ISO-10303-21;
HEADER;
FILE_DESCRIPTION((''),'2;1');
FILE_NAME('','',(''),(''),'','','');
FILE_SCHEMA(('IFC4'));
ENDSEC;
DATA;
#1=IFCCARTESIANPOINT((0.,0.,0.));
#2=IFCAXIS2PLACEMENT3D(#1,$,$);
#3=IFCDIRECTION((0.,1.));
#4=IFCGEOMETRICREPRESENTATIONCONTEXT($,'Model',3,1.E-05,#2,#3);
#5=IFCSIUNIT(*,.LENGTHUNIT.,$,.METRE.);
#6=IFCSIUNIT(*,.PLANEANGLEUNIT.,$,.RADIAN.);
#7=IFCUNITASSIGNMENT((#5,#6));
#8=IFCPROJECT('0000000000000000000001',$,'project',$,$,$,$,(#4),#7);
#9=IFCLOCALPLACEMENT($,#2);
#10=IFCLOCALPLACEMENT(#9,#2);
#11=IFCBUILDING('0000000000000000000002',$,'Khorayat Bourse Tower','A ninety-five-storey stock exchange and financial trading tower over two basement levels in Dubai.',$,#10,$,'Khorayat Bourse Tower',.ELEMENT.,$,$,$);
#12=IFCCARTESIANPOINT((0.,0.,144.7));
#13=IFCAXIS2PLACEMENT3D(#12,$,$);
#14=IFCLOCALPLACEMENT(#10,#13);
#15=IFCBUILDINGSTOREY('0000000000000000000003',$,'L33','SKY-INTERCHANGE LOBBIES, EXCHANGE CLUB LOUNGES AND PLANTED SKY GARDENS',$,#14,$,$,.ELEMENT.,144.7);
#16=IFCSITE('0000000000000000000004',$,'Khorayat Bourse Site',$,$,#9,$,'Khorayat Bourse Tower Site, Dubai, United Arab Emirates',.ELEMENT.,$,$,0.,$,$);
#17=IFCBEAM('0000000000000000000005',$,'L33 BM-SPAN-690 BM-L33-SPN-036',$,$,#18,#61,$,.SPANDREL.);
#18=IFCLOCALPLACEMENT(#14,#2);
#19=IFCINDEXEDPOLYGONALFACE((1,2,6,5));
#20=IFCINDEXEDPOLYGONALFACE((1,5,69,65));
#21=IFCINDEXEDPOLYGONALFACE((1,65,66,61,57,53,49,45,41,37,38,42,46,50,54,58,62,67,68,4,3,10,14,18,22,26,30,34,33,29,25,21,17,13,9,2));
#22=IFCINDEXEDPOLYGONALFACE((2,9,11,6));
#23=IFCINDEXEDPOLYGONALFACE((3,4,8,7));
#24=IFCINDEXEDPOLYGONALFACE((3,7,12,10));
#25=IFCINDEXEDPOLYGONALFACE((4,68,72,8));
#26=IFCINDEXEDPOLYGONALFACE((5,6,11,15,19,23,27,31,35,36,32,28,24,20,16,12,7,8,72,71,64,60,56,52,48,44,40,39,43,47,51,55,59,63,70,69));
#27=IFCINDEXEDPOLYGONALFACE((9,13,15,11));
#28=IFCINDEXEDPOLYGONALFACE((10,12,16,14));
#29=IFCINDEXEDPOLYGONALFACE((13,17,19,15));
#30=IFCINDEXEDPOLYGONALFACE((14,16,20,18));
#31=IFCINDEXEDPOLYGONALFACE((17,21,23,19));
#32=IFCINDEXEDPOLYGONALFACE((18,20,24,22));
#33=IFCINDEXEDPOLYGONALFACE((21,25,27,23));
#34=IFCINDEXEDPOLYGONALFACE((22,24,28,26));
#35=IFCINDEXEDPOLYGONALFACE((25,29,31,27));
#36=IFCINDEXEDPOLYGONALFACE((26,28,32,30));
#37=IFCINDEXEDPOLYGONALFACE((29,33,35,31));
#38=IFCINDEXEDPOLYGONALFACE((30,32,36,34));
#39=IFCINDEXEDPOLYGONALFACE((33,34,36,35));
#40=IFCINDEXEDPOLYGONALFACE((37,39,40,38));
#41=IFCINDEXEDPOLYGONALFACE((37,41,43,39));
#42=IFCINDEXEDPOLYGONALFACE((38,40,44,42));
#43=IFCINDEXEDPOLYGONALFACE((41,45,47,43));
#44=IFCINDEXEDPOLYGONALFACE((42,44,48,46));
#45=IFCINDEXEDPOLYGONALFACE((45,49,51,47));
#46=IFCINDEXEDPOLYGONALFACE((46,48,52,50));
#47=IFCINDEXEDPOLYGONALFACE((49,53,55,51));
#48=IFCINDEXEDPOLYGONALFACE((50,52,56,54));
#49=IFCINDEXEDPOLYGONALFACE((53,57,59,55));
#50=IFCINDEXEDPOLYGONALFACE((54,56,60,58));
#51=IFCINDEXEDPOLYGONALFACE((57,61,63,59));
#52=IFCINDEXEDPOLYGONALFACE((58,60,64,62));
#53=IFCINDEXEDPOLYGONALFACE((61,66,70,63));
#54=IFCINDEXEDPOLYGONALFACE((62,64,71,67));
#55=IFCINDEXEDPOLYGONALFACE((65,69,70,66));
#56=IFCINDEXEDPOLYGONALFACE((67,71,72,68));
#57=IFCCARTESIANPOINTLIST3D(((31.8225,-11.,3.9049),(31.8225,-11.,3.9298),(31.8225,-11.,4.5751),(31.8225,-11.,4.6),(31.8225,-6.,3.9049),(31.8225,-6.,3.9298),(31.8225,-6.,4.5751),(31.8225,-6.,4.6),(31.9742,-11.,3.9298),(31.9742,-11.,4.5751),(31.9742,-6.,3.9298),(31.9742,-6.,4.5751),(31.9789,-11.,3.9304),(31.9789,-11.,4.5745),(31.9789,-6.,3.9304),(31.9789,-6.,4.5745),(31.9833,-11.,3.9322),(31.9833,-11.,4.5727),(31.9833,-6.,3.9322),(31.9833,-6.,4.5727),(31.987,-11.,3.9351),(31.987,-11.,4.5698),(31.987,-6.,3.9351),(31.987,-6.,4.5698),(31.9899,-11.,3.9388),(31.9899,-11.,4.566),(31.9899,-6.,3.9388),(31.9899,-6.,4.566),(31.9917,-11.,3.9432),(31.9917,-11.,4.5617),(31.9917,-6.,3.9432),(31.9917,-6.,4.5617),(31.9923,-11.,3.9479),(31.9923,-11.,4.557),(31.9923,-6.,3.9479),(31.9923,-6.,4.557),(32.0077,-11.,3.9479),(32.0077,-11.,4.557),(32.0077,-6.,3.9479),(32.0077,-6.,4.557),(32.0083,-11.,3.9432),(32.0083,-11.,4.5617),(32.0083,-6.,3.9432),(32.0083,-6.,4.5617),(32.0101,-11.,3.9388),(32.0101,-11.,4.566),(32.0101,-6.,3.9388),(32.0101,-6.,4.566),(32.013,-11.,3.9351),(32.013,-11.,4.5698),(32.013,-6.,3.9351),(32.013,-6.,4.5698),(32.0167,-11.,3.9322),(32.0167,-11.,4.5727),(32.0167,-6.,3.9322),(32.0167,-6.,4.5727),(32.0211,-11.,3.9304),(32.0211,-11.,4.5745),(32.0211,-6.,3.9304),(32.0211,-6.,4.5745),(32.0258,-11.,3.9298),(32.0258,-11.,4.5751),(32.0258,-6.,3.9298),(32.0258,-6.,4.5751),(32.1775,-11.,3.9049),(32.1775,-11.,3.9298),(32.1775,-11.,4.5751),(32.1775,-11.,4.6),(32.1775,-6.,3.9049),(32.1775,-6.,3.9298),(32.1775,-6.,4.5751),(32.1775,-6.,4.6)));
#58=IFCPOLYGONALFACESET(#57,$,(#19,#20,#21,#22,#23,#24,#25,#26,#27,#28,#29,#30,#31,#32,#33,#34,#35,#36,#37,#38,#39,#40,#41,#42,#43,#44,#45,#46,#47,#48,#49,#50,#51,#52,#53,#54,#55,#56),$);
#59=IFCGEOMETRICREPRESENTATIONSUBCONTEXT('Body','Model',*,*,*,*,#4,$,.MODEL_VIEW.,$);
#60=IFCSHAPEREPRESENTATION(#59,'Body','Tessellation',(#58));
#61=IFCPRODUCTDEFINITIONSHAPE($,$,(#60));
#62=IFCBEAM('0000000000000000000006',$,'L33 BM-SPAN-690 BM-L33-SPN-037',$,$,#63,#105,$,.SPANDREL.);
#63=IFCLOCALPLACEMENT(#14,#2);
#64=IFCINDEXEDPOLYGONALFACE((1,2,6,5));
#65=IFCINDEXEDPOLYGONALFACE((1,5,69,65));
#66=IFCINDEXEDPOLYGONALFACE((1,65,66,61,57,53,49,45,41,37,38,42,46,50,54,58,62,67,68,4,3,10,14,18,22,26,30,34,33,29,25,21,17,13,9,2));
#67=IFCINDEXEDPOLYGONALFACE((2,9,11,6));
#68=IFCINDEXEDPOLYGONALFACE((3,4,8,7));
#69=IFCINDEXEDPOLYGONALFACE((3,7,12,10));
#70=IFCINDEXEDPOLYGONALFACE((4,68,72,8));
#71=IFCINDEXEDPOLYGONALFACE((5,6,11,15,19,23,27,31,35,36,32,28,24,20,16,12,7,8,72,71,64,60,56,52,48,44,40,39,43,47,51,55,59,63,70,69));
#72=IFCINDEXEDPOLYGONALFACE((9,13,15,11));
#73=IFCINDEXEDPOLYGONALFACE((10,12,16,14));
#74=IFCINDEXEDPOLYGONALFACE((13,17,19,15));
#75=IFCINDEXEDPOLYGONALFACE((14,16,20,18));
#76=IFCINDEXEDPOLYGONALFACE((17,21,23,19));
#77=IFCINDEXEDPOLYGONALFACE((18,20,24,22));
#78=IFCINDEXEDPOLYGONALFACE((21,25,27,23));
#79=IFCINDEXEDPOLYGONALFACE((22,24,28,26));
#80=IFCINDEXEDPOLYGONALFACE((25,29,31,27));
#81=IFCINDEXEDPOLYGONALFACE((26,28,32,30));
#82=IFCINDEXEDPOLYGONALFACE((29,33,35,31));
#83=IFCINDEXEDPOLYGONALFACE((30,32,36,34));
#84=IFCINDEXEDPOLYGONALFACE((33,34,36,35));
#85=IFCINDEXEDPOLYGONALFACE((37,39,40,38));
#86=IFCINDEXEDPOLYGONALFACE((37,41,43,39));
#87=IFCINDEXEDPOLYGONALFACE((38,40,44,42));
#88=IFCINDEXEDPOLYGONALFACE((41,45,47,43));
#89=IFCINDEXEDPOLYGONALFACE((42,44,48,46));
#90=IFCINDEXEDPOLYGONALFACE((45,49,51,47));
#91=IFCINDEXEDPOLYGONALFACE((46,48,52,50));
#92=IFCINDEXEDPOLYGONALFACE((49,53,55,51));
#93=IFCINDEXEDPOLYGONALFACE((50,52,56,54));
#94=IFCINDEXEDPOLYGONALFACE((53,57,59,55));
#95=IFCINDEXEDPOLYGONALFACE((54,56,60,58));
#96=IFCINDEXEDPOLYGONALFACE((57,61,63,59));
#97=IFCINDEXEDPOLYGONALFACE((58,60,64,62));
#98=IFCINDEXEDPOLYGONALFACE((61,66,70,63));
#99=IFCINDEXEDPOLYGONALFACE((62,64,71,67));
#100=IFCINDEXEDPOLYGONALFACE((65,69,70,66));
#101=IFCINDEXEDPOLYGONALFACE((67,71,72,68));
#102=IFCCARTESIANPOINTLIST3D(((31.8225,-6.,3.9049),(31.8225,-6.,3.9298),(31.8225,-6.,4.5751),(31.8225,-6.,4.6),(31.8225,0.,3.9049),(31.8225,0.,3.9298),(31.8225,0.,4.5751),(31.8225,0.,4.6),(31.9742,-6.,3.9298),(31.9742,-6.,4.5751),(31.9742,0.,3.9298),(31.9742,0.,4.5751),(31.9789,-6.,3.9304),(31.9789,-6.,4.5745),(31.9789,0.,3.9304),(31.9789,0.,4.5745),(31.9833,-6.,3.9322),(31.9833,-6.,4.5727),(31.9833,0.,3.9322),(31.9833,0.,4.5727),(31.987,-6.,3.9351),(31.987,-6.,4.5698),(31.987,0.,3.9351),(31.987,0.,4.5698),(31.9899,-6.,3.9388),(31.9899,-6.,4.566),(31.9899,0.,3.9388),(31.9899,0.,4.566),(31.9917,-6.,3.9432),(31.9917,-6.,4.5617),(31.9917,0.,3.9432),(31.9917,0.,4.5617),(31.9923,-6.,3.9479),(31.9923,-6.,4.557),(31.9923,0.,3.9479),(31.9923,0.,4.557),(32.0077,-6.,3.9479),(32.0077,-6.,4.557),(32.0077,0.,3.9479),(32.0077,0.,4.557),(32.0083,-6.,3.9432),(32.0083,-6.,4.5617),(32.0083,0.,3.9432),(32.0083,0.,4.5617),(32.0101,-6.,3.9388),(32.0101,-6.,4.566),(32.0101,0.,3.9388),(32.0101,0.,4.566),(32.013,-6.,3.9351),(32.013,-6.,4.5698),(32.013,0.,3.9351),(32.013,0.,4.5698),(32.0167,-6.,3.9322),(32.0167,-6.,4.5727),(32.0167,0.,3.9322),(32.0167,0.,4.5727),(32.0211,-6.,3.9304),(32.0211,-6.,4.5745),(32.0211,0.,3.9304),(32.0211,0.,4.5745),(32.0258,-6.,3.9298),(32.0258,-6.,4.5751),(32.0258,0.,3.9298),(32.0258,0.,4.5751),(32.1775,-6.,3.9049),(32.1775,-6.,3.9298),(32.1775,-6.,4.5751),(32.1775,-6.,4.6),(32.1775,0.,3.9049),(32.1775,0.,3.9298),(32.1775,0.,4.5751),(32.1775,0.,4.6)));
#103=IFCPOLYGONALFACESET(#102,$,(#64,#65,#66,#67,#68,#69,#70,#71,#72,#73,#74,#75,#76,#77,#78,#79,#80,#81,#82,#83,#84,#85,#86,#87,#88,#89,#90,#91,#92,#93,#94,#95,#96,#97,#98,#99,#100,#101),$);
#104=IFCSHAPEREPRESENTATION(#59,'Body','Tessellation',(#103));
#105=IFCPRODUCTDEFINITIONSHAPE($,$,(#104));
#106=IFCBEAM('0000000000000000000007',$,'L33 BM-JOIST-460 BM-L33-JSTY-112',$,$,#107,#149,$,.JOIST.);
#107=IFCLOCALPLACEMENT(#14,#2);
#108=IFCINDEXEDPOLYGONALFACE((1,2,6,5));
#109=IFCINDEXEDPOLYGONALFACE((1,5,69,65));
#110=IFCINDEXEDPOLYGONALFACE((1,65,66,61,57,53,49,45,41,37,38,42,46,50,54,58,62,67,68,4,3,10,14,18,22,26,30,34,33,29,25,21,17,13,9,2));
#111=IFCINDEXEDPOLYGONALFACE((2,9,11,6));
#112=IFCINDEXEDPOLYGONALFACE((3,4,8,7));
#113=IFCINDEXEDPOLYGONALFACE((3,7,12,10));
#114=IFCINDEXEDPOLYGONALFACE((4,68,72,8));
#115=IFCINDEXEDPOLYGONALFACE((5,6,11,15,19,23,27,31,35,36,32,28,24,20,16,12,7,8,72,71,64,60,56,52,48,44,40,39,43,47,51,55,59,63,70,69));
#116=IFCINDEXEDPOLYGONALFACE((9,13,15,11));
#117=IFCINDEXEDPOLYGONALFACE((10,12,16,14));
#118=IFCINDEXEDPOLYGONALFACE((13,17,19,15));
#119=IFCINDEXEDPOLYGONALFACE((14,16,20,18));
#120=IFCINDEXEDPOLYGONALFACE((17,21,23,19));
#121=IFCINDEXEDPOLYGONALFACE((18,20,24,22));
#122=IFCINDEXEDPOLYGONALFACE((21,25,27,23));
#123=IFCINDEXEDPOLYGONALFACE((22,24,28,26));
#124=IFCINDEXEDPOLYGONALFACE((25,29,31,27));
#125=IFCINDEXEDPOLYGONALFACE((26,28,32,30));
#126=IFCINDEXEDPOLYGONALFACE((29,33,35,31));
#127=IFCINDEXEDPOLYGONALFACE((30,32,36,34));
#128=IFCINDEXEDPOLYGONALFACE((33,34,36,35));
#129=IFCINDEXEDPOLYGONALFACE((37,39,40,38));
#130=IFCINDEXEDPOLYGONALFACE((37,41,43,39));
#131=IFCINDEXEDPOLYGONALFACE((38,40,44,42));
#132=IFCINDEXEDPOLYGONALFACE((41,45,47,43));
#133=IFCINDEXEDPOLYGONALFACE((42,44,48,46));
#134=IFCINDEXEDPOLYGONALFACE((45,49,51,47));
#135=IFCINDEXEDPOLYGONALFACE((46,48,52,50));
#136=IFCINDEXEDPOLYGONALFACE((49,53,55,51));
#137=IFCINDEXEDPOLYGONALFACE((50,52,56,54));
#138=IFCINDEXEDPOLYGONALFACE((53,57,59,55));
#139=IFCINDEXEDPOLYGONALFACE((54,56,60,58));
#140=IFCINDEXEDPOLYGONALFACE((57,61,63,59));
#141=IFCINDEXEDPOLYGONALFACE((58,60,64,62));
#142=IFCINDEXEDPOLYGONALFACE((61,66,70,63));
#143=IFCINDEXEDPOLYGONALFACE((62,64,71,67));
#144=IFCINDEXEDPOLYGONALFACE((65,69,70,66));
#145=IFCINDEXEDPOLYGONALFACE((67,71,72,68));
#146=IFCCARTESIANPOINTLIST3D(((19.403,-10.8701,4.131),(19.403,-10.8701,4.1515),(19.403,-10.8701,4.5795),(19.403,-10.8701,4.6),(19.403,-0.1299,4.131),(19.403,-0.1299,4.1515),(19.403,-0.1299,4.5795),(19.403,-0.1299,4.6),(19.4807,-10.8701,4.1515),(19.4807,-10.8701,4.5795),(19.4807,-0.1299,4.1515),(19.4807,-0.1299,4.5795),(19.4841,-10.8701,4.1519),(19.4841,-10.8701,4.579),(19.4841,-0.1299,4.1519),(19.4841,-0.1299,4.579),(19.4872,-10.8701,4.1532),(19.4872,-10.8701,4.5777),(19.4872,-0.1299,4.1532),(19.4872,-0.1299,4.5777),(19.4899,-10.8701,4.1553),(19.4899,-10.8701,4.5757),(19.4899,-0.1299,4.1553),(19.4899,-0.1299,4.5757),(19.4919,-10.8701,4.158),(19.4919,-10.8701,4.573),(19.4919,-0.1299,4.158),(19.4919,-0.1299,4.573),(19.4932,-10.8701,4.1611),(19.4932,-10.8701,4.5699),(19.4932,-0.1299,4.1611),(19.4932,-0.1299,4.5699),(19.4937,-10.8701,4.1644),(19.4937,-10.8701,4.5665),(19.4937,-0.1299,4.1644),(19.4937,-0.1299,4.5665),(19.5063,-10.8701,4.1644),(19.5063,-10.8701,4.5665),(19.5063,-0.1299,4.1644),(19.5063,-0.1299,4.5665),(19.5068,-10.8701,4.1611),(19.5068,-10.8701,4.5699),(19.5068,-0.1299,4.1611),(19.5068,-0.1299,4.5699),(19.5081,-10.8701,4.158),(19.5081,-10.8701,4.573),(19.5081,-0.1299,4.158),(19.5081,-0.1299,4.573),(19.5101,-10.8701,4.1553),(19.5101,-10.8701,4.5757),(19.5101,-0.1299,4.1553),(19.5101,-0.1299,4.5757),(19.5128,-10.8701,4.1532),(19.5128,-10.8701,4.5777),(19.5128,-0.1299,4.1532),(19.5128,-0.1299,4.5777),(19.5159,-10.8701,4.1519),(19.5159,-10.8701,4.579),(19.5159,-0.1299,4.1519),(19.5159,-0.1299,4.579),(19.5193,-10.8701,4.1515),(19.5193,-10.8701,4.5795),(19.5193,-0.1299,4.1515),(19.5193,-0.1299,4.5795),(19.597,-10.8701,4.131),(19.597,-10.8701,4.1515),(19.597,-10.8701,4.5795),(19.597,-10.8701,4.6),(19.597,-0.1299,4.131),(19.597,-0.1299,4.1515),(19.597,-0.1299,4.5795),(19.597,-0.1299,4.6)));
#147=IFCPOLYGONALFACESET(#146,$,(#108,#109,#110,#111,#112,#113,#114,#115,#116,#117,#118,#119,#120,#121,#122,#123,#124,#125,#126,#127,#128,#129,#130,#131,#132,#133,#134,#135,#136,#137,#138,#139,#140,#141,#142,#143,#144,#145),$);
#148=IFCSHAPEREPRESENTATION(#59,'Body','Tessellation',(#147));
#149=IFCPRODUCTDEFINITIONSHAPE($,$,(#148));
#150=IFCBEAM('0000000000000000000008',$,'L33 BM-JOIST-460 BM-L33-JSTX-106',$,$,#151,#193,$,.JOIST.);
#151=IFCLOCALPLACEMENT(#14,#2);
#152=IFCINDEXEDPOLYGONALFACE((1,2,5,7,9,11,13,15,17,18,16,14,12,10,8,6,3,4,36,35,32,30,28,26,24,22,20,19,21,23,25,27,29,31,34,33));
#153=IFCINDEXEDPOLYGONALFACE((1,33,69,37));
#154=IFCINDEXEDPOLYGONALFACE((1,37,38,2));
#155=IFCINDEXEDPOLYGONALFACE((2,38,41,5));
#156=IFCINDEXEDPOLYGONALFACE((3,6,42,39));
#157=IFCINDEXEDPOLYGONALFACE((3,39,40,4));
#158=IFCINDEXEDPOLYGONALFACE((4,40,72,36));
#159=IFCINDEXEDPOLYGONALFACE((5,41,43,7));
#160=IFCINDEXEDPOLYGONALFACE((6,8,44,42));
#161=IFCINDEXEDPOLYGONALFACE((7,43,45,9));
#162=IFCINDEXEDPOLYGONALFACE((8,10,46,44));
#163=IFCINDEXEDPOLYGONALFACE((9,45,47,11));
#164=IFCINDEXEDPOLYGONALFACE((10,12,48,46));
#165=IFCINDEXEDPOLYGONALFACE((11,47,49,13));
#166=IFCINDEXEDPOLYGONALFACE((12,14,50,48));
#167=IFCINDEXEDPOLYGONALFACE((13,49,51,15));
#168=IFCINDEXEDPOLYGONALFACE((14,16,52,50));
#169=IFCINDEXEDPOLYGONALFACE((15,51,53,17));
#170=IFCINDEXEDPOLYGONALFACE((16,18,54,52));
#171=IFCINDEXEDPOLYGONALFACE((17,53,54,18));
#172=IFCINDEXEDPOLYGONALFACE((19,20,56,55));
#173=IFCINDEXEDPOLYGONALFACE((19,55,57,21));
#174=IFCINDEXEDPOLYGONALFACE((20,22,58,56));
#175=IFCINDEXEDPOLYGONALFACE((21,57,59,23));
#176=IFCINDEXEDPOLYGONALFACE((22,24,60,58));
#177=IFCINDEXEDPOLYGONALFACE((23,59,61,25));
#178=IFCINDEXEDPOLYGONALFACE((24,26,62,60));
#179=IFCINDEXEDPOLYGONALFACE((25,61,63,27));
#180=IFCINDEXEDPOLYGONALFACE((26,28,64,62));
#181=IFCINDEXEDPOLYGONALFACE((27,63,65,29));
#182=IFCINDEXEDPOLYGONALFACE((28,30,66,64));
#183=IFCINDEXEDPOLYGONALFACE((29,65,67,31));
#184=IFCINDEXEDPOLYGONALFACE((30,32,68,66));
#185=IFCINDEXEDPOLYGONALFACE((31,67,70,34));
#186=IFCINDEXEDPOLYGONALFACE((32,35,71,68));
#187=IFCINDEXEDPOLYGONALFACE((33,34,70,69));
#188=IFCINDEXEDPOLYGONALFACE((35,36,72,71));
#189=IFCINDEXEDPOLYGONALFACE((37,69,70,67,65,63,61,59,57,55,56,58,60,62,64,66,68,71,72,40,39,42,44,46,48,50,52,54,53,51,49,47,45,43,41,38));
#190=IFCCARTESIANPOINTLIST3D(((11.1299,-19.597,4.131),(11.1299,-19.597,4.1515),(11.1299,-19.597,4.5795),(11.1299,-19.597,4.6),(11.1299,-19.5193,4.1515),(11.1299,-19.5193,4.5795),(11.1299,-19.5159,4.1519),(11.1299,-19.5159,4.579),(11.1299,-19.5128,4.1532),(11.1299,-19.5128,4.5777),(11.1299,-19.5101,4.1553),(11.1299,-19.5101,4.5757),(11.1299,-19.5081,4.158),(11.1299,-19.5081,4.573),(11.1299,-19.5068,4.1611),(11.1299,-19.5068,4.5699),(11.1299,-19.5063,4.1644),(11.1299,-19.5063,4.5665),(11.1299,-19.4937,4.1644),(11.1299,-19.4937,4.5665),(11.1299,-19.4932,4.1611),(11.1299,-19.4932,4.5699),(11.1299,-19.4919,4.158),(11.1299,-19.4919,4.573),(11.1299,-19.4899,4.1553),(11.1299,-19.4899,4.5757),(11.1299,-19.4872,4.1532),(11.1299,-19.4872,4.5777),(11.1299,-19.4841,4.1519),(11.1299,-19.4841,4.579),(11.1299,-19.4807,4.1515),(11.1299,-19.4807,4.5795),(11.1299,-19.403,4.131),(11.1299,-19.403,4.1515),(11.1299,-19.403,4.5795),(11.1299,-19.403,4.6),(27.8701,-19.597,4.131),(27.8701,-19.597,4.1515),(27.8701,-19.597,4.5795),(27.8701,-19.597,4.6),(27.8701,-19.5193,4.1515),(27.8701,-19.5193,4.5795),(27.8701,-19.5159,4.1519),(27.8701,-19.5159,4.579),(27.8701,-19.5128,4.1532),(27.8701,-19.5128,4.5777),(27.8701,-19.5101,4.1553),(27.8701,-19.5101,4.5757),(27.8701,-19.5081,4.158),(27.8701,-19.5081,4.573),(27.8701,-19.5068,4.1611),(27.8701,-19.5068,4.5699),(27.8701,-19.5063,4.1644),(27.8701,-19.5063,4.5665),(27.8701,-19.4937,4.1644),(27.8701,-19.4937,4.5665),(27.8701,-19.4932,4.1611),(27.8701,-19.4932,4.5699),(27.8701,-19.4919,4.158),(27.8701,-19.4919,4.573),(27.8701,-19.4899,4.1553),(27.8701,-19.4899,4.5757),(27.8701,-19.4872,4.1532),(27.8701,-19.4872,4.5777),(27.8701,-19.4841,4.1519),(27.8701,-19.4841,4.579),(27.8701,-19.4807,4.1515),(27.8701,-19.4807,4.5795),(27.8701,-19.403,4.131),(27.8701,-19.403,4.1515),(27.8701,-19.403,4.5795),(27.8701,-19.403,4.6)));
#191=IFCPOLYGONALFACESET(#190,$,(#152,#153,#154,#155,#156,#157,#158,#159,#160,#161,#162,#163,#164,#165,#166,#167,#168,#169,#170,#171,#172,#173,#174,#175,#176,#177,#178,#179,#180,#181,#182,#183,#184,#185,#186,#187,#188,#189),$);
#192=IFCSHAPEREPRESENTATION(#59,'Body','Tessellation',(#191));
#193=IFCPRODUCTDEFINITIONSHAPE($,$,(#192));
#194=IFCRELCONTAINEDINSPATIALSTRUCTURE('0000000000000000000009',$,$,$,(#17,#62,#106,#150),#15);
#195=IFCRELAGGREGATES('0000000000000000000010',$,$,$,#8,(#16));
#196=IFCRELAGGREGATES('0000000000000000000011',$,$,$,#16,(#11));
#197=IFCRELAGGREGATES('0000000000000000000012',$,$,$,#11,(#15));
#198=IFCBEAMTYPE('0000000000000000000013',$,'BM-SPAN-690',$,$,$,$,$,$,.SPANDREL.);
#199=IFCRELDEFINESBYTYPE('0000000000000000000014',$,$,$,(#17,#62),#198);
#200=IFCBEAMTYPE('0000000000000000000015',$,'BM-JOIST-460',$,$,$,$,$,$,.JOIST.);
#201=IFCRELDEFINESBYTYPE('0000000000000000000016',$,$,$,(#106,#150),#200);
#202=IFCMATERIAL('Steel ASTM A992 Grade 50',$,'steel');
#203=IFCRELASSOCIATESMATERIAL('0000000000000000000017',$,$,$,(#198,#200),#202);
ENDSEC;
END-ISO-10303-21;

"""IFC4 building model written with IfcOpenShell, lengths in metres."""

from ifc_helpers import new_model, si_unit, direction, frame, origin, origin_2d, place, context, subcontext, project, spatial, i_section, extrude, source, transform, mapped, material, material_profile, profile_set, type_object, element, save


model = new_model("IFC4")

# Units and contexts
model_context = context("Model", 3, precision=1e-05, world=origin(), true_north=direction((0.0, 1.0)))
body_context = subcontext(model_context, "Body", "Model", "MODEL_VIEW")
ifc_project = project(units=[si_unit("LENGTHUNIT", "METRE"), si_unit("PLANEANGLEUNIT", "RADIAN")], contexts=[model_context])

# Site, building, storey
site_placement = place(None, origin())
site = spatial("IfcSite", under=ifc_project, at=site_placement, Name="Khorayat Bourse Site", LongName="Khorayat Bourse Tower Site, Dubai, United Arab Emirates", CompositionType="ELEMENT", RefElevation=0.0)
building_placement = place(site_placement, origin())
building = spatial("IfcBuilding", under=site, at=building_placement, Name="Khorayat Bourse Tower", Description="A ninety-five-storey stock exchange and financial trading tower over two basement levels in Dubai.", LongName="Khorayat Bourse Tower", CompositionType="ELEMENT")
storey_placement = place(building_placement, frame((0.0, 0.0, 144.7)))
storey = spatial("IfcBuildingStorey", under=building, at=storey_placement, Name="L33", Description="SKY-INTERCHANGE LOBBIES, EXCHANGE CLUB LOUNGES AND PLANTED SKY GARDENS", CompositionType="ELEMENT", Elevation=144.7)

# Beams
ifc_material_1 = material(Name="Steel ASTM A992 Grade 50", Category="steel")
ifc_material_profile_1 = material_profile(ifc_material_1, i_section(OverallWidth=0.355, OverallDepth=0.6951, WebThickness=0.0154, FlangeThickness=0.0249, FilletRadius=0.0181, at=origin_2d()), Name="W690X217")
ifc_profile_set_1 = profile_set([ifc_material_profile_1], Name="Steel ASTM A992 Grade 50")
beam_type_1 = type_object("IfcBeamType", Name="BM-SPAN-690", PredefinedType="SPANDREL", material=ifc_profile_set_1)
shared_shape_1 = source(origin(), body_context, "Body", "SweptSolid", [
    extrude(i_section(OverallWidth=0.355, OverallDepth=0.6951, WebThickness=0.0154, FlangeThickness=0.0249, FilletRadius=0.0181, at=origin_2d()), origin(), (0.0, 0.0, 1.0), 5.0),
])
beam_1_placement = place(storey_placement, frame((32.0, -11.0, 4.2524), z_axis=(0.0, 1.0, 0.0), x_axis=(-1.0, 0.0, 0.0)))
element("IfcBeam", 1, at=beam_1_placement, inside=storey, type_object=beam_type_1, Name="L33 BM-SPAN-690 BM-L33-SPN-036", PredefinedType="SPANDREL", context=body_context, shape_type="MappedRepresentation", body=[
    mapped(shared_shape_1, transform((0.0, 0.0, 0.0), scale=1.0)),
])
shared_shape_2 = source(origin(), body_context, "Body", "SweptSolid", [
    extrude(i_section(OverallWidth=0.355, OverallDepth=0.6951, WebThickness=0.0154, FlangeThickness=0.0249, FilletRadius=0.0181, at=origin_2d()), origin(), (0.0, 0.0, 1.0), 6.0),
])
beam_2_placement = place(storey_placement, frame((32.0, -6.0, 4.2524), z_axis=(0.0, 1.0, 0.0), x_axis=(-1.0, 0.0, 0.0)))
element("IfcBeam", 2, at=beam_2_placement, inside=storey, type_object=beam_type_1, Name="L33 BM-SPAN-690 BM-L33-SPN-037", PredefinedType="SPANDREL", context=body_context, shape_type="MappedRepresentation", body=[
    mapped(shared_shape_2, transform((0.0, 0.0, 0.0), scale=1.0)),
])
ifc_material_profile_2 = material_profile(ifc_material_1, i_section(OverallWidth=0.1941, OverallDepth=0.469, WebThickness=0.0127, FlangeThickness=0.0205, FilletRadius=0.0129, at=origin_2d()), Name="W460X106")
ifc_profile_set_2 = profile_set([ifc_material_profile_2], Name="Steel ASTM A992 Grade 50")
beam_type_2 = type_object("IfcBeamType", Name="BM-JOIST-460", PredefinedType="JOIST", material=ifc_profile_set_2)
shared_shape_3 = source(origin(), body_context, "Body", "SweptSolid", [
    extrude(i_section(OverallWidth=0.1941, OverallDepth=0.469, WebThickness=0.0127, FlangeThickness=0.0205, FilletRadius=0.0129, at=origin_2d()), origin(), (0.0, 0.0, 1.0), 10.7402),
])
beam_3_placement = place(storey_placement, frame((19.5, -10.8701, 4.3655), z_axis=(0.0, 1.0, 0.0), x_axis=(-1.0, 0.0, 0.0)))
element("IfcBeam", 3, at=beam_3_placement, inside=storey, type_object=beam_type_2, Name="L33 BM-JOIST-460 BM-L33-JSTY-112", PredefinedType="JOIST", context=body_context, shape_type="MappedRepresentation", body=[
    mapped(shared_shape_3, transform((0.0, 0.0, 0.0), scale=1.0)),
])
shared_shape_4 = source(origin(), body_context, "Body", "SweptSolid", [
    extrude(i_section(OverallWidth=0.1941, OverallDepth=0.469, WebThickness=0.0127, FlangeThickness=0.0205, FilletRadius=0.0129, at=origin_2d()), origin(), (0.0, 0.0, 1.0), 16.7402),
])
beam_4_placement = place(storey_placement, frame((11.1299, -19.5, 4.3655), z_axis=(1.0, 0.0, 0.0), x_axis=(0.0, 1.0, 0.0)))
element("IfcBeam", 4, at=beam_4_placement, inside=storey, type_object=beam_type_2, Name="L33 BM-JOIST-460 BM-L33-JSTX-106", PredefinedType="JOIST", context=body_context, shape_type="MappedRepresentation", body=[
    mapped(shared_shape_4, transform((0.0, 0.0, 0.0), scale=1.0)),
])

save(model, "model.ifc")
